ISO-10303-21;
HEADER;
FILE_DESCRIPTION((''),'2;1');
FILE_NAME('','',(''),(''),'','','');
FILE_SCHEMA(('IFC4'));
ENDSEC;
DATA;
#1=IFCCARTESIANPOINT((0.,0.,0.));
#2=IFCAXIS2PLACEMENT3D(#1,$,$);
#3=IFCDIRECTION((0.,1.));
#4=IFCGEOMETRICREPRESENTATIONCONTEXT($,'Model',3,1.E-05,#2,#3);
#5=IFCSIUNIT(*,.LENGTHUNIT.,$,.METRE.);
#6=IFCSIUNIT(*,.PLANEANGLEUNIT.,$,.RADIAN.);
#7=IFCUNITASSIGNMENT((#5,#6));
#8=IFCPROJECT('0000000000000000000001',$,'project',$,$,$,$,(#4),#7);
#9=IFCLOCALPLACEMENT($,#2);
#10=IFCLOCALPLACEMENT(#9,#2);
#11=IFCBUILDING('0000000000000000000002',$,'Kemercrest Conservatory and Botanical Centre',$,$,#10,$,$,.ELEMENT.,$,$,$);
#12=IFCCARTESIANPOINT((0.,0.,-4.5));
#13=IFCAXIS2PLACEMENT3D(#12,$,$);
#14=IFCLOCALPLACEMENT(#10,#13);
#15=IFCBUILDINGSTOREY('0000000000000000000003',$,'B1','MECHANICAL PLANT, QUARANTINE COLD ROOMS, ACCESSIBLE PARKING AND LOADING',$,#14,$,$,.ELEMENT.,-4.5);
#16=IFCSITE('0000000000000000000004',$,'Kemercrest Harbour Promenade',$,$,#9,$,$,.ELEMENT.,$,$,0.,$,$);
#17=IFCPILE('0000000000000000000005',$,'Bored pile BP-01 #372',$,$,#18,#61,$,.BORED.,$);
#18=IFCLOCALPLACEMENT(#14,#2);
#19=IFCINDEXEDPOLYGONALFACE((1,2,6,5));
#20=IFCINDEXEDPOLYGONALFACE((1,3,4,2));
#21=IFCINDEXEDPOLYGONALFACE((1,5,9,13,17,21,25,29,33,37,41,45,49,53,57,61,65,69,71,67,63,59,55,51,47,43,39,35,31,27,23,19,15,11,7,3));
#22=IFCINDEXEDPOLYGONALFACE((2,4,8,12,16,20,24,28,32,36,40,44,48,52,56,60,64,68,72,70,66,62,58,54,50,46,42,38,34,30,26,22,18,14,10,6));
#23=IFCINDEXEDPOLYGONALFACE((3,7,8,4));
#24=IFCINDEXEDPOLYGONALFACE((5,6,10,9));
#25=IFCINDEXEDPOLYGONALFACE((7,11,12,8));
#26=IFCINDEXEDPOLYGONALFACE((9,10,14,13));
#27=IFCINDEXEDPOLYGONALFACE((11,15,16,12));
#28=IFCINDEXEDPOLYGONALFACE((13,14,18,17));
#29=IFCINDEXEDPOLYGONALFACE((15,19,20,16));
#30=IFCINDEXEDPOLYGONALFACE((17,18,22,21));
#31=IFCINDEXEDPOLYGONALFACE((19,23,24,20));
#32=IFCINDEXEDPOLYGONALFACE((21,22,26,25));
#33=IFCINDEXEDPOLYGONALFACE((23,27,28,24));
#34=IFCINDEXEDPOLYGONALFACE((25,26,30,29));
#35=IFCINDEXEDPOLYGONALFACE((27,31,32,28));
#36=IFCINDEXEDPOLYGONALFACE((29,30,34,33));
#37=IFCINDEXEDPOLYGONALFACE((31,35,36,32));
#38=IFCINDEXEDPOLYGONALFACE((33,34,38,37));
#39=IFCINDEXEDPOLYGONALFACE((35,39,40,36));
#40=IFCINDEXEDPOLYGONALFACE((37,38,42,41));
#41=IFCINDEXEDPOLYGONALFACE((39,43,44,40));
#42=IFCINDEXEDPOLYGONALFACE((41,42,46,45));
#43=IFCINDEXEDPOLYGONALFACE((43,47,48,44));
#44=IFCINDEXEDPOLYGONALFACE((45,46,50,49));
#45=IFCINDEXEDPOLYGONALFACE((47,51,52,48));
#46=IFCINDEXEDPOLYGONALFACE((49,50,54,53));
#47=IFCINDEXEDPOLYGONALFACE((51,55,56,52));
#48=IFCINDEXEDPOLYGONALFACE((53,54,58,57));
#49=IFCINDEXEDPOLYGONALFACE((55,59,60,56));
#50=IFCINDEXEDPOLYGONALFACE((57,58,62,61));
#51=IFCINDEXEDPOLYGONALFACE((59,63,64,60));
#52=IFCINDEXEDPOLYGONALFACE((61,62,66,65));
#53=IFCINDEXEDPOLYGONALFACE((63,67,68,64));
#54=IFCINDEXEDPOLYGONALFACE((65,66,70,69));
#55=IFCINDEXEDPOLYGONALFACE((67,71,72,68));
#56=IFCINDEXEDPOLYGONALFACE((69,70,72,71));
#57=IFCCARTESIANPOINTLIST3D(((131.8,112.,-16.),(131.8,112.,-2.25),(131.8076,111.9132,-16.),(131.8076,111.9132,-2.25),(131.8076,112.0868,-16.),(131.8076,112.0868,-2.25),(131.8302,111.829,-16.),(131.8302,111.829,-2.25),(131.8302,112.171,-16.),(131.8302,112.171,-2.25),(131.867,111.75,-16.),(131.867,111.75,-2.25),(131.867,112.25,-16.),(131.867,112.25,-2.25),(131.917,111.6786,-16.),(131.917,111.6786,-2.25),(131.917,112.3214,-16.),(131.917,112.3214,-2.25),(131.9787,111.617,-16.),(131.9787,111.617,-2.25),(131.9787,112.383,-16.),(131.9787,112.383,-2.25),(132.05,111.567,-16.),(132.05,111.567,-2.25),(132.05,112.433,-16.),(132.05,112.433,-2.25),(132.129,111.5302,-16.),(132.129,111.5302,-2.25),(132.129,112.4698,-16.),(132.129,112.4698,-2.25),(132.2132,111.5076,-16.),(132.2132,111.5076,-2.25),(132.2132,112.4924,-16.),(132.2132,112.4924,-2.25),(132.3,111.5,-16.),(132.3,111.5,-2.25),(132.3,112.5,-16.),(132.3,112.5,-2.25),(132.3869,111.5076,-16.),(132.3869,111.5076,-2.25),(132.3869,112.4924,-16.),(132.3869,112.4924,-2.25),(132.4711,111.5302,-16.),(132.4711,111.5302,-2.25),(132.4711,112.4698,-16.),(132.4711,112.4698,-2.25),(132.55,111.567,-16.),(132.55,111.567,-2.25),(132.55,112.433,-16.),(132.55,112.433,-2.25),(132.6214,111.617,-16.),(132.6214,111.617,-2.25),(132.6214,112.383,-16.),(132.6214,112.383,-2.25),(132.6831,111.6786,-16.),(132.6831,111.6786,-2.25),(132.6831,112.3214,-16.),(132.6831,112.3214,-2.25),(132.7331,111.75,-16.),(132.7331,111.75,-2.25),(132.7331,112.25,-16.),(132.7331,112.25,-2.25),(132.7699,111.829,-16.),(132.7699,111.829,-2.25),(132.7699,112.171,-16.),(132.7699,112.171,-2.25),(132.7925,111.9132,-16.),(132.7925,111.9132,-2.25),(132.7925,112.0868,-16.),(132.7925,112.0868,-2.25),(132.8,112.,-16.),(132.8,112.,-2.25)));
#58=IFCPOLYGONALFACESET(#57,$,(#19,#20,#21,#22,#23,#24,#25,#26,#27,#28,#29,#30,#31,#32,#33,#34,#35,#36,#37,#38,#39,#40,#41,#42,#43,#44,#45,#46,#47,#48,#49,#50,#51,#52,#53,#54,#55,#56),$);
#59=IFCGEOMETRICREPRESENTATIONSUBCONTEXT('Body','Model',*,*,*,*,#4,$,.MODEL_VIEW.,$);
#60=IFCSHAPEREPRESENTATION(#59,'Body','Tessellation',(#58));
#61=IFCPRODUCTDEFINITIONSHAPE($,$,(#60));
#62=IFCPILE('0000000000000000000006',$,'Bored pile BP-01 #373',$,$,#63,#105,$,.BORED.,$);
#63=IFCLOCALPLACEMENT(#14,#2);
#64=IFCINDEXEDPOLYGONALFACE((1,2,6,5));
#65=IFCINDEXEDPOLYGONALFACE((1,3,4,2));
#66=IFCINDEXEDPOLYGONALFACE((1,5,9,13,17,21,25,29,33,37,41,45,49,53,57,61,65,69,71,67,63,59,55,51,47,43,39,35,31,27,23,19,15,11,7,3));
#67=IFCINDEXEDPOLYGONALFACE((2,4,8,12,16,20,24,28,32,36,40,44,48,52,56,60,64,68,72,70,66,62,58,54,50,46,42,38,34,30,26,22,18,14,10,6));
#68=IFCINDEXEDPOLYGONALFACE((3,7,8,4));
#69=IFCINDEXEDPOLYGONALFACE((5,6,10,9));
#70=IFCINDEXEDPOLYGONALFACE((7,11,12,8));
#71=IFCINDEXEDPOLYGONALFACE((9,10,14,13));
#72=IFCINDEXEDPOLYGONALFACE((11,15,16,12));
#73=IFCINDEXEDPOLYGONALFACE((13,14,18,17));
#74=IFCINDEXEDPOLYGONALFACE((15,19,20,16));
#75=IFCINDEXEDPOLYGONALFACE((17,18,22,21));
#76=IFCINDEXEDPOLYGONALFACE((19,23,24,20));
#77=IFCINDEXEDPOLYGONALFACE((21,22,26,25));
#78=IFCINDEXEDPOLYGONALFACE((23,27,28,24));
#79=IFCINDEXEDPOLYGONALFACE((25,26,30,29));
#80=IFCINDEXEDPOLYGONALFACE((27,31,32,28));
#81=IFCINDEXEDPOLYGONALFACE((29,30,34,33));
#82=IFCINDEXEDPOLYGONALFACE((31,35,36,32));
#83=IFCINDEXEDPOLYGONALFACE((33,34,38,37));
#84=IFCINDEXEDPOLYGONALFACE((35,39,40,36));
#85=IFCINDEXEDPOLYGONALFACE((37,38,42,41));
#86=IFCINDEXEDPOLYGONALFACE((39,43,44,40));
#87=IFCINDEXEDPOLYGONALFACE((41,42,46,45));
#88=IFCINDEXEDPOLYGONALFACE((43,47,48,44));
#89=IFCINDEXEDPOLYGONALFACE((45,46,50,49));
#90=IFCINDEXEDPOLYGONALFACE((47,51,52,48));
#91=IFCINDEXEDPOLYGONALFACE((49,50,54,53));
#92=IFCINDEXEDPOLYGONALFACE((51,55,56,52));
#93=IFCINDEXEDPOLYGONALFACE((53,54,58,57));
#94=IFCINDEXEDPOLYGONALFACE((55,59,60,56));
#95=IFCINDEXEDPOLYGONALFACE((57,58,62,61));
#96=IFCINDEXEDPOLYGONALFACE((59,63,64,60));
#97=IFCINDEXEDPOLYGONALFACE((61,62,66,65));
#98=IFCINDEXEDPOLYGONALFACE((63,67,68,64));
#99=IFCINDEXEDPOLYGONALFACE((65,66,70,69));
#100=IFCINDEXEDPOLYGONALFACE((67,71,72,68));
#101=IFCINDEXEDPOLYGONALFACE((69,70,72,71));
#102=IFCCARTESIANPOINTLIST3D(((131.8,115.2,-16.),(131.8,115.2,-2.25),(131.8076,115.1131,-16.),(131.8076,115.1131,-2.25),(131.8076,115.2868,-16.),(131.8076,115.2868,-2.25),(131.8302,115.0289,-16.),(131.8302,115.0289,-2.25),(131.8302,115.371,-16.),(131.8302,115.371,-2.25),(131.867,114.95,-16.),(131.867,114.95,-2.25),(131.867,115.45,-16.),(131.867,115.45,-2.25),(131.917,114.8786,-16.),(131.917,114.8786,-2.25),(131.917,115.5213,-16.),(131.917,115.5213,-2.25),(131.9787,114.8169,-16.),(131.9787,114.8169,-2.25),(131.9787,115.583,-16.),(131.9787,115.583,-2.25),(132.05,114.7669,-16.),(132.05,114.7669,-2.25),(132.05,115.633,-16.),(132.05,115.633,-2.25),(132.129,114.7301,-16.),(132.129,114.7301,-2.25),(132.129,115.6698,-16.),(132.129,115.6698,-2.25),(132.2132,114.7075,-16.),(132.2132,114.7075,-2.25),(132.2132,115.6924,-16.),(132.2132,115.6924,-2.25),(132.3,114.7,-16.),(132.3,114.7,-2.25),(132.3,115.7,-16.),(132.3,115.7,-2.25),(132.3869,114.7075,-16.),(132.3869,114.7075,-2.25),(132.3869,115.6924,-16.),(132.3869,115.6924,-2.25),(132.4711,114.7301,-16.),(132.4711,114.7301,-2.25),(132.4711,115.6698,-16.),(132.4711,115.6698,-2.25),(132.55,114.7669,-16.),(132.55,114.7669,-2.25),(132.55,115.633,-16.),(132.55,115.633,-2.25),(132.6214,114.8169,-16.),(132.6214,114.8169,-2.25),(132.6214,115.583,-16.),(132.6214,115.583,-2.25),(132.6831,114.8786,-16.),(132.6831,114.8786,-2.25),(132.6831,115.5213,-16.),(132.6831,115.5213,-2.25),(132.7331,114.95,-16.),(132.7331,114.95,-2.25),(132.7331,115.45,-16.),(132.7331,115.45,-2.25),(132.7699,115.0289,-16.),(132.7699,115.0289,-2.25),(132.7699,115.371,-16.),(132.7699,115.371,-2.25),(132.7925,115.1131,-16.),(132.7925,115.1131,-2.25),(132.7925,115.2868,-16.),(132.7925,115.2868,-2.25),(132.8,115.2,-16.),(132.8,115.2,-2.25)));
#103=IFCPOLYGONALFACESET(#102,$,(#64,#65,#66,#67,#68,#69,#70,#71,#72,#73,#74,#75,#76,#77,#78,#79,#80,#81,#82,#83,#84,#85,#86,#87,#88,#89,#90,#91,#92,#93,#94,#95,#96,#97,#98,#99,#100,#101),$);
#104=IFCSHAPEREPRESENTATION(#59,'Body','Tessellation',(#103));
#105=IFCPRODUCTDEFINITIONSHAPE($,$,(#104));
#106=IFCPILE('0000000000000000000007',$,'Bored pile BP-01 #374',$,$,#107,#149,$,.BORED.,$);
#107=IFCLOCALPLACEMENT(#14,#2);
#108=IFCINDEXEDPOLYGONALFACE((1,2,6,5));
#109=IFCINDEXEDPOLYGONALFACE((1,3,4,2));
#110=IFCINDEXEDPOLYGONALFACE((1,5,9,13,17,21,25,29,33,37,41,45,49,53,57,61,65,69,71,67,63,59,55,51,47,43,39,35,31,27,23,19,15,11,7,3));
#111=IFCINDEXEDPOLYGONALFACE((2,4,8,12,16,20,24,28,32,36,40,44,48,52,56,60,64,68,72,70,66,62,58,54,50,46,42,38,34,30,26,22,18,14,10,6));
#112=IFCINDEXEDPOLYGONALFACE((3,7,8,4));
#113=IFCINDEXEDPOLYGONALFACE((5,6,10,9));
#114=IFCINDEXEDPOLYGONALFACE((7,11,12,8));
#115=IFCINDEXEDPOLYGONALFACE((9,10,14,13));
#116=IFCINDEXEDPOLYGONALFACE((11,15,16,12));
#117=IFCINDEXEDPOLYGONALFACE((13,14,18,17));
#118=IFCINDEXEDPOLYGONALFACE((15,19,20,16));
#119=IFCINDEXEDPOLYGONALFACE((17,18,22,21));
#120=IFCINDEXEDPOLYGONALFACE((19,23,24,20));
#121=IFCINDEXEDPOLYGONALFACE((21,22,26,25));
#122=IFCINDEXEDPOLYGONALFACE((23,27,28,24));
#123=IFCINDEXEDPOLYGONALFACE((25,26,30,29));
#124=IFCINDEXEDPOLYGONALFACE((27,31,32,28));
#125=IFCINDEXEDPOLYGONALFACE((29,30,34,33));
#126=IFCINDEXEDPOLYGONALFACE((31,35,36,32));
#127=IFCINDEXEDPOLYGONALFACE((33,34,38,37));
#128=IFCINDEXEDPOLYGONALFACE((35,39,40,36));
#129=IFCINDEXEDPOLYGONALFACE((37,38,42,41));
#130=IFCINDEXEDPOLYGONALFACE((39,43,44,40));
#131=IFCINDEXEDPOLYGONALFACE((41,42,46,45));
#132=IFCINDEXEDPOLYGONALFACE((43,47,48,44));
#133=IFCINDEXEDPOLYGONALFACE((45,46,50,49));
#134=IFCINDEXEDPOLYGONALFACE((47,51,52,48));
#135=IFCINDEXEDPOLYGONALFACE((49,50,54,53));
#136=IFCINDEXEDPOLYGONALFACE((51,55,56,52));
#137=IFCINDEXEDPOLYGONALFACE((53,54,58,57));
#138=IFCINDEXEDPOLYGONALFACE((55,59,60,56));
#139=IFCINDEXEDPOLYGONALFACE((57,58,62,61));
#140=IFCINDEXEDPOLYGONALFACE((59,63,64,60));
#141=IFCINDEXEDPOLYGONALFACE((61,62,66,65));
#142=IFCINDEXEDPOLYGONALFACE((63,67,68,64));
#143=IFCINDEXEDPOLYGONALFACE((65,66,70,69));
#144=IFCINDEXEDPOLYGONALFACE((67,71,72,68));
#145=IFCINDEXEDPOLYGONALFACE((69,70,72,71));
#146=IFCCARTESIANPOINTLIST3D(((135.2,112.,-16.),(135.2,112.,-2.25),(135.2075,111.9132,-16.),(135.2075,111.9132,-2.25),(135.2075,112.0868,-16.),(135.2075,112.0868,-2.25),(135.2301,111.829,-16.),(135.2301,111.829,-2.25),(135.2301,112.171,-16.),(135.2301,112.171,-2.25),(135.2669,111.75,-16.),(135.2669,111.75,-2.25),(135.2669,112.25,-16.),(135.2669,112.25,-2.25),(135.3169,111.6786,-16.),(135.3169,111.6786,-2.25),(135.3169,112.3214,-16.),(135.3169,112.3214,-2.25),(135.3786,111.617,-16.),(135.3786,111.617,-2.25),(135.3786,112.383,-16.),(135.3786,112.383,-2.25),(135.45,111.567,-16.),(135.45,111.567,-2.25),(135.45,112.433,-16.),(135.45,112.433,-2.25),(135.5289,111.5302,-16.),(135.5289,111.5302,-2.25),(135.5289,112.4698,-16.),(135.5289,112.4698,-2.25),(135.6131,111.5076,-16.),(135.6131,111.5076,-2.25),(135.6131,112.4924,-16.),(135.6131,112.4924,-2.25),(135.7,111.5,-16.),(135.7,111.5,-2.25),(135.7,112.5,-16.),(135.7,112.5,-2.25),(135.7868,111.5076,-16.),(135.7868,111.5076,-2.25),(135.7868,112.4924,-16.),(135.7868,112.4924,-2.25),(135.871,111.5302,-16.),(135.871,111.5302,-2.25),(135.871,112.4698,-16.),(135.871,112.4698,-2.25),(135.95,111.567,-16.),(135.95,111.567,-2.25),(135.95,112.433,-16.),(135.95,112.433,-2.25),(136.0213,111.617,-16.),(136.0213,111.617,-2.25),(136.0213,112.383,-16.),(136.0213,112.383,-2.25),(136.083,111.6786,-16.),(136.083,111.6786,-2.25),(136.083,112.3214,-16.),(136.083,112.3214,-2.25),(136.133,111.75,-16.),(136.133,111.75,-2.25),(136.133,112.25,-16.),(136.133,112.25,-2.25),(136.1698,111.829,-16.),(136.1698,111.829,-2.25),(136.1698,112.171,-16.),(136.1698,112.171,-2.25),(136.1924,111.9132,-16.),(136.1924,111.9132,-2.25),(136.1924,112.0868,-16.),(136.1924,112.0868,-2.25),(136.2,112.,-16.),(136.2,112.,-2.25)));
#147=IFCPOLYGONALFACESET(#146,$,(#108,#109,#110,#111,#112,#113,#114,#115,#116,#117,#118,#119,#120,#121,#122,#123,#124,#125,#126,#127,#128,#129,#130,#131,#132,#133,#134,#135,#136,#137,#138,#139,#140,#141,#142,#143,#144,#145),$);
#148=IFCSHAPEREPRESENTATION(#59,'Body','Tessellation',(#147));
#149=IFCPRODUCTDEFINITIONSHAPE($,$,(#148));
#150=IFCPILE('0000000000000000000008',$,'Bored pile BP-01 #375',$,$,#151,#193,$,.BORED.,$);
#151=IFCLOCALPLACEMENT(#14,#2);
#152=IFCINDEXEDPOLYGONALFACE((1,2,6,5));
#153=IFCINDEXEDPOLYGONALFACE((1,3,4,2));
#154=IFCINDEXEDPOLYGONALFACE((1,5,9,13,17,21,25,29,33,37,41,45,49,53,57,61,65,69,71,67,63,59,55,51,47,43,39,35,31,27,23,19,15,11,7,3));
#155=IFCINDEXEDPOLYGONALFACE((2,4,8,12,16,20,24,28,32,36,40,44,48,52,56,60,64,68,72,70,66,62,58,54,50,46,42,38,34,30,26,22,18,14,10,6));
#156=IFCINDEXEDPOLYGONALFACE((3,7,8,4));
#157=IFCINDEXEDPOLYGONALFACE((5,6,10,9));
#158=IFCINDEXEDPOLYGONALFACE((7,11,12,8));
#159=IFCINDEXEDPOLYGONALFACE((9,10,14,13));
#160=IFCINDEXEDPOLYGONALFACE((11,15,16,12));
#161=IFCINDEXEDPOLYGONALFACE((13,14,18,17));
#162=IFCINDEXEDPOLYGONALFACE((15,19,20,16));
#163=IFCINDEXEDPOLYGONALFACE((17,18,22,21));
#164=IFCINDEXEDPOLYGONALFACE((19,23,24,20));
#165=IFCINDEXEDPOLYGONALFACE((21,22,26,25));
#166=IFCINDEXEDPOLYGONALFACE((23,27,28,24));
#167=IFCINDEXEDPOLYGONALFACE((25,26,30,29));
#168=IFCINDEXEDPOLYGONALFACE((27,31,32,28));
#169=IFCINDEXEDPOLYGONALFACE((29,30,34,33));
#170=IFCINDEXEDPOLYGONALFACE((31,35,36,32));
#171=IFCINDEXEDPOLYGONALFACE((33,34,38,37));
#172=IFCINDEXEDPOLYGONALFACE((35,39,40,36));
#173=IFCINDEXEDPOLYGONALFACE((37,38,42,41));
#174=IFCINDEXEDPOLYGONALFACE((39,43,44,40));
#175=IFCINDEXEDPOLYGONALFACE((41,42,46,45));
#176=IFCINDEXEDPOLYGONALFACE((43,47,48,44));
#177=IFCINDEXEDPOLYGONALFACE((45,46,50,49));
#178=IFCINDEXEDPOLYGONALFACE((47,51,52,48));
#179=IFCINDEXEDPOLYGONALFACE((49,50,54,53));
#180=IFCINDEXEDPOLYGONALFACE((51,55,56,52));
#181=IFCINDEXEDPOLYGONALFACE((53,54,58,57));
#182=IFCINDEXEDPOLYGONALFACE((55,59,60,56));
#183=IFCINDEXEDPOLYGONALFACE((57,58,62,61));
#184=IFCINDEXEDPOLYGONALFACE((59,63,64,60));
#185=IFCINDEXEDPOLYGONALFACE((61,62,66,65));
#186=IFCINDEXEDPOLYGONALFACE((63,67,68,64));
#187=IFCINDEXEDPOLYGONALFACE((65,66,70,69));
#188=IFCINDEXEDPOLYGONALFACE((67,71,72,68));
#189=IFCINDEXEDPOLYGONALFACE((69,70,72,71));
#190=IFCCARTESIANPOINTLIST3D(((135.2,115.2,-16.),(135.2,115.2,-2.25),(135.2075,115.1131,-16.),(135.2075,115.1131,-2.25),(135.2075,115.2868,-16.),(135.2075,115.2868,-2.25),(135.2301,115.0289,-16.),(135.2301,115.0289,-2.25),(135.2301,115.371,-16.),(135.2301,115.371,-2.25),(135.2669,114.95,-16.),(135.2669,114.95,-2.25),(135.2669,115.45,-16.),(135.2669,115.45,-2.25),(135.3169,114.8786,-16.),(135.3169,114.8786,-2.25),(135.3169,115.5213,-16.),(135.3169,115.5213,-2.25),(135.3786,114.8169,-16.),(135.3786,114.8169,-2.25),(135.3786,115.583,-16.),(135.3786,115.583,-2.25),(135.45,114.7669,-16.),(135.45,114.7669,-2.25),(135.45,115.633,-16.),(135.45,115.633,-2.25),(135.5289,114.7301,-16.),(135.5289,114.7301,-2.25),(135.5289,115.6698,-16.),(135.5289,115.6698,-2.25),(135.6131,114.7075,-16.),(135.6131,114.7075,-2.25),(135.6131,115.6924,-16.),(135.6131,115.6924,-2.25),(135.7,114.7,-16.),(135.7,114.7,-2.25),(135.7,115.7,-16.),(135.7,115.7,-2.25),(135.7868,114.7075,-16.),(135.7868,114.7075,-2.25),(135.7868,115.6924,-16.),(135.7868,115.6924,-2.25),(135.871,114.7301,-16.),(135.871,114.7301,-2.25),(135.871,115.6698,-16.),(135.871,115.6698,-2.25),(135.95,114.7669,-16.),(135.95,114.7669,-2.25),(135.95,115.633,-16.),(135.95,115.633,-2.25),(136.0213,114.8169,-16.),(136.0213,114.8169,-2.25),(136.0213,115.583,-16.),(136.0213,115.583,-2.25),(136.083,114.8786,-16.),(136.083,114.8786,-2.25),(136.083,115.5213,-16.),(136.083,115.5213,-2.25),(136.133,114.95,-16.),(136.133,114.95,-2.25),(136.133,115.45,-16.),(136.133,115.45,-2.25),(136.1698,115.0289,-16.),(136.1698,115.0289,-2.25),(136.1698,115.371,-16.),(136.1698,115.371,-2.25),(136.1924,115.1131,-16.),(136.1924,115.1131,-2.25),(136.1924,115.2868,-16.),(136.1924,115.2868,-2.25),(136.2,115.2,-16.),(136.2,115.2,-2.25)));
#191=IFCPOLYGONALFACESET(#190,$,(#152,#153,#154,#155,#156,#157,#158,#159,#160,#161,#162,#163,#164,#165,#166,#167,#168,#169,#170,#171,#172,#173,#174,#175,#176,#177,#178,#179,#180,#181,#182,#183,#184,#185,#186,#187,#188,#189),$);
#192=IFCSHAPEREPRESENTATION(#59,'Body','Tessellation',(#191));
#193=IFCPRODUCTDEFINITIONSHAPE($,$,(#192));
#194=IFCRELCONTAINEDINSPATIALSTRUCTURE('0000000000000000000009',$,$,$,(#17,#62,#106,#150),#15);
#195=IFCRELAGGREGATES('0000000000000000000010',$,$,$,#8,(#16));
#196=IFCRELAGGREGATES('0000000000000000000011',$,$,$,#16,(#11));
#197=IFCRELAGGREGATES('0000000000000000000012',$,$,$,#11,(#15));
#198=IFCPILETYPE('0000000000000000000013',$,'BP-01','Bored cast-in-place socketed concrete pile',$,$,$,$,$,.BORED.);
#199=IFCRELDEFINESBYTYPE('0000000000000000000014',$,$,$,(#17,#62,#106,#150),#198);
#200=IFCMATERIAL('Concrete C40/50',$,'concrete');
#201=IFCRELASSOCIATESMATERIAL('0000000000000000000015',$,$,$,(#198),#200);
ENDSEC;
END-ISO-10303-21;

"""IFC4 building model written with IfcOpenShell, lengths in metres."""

from ifc_helpers import new_model, si_unit, direction, frame, origin, origin_2d, place, context, subcontext, project, spatial, circle, extrude, material, material_profile, profile_set, type_object, element, save


model = new_model("IFC4")

# Units and contexts
model_context = context("Model", 3, precision=1e-05, world=origin(), true_north=direction((0.0, 1.0)))
body_context = subcontext(model_context, "Body", "Model", "MODEL_VIEW")
ifc_project = project(units=[si_unit("LENGTHUNIT", "METRE"), si_unit("PLANEANGLEUNIT", "RADIAN")], contexts=[model_context])

# Site, building, storey
site_placement = place(None, origin())
site = spatial("IfcSite", under=ifc_project, at=site_placement, Name="Kemercrest Harbour Promenade", CompositionType="ELEMENT", RefElevation=0.0)
building_placement = place(site_placement, origin())
building = spatial("IfcBuilding", under=site, at=building_placement, Name="Kemercrest Conservatory and Botanical Centre", CompositionType="ELEMENT")
storey_placement = place(building_placement, frame((0.0, 0.0, -4.5)))
storey = spatial("IfcBuildingStorey", under=building, at=storey_placement, Name="B1", Description="MECHANICAL PLANT, QUARANTINE COLD ROOMS, ACCESSIBLE PARKING AND LOADING", CompositionType="ELEMENT", Elevation=-4.5)

# Piles
ifc_material_1 = material(Name="Concrete C40/50", Category="concrete")
ifc_material_profile_1 = material_profile(ifc_material_1, circle(Radius=0.5, at=origin_2d()), Name="BORED PILE 1000")
ifc_profile_set_1 = profile_set([ifc_material_profile_1], Name="Concrete C40/50")
pile_type = type_object("IfcPileType", Name="BP-01", Description="Bored cast-in-place socketed concrete pile", PredefinedType="BORED", material=ifc_profile_set_1)
for number, where, z_axis, x_axis, name in (
    (1, (132.3, 112.0, -2.25), (0.0, 0.0, -1.0), (1.0, 0.0, 0.0), "Bored pile BP-01 #372"),
    (2, (132.3, 115.2, -2.25), (0.0, 0.0, -1.0), (1.0, 0.0, 0.0), "Bored pile BP-01 #373"),
    (3, (135.7, 112.0, -2.25), (0.0, 0.0, -1.0), (1.0, 0.0, 0.0), "Bored pile BP-01 #374"),
    (4, (135.7, 115.2, -2.25), (0.0, 0.0, -1.0), (1.0, 0.0, 0.0), "Bored pile BP-01 #375"),
):
    element("IfcPile", number, at=place(storey_placement, frame(where, z_axis=z_axis, x_axis=x_axis)), inside=storey, type_object=pile_type, Name=name, PredefinedType="BORED", context=body_context, shape_type="SweptSolid", body=[
        extrude(circle(Radius=0.5, at=origin_2d()), origin(), (0.0, 0.0, 1.0), 13.75),
    ])

save(model, "model.ifc")
